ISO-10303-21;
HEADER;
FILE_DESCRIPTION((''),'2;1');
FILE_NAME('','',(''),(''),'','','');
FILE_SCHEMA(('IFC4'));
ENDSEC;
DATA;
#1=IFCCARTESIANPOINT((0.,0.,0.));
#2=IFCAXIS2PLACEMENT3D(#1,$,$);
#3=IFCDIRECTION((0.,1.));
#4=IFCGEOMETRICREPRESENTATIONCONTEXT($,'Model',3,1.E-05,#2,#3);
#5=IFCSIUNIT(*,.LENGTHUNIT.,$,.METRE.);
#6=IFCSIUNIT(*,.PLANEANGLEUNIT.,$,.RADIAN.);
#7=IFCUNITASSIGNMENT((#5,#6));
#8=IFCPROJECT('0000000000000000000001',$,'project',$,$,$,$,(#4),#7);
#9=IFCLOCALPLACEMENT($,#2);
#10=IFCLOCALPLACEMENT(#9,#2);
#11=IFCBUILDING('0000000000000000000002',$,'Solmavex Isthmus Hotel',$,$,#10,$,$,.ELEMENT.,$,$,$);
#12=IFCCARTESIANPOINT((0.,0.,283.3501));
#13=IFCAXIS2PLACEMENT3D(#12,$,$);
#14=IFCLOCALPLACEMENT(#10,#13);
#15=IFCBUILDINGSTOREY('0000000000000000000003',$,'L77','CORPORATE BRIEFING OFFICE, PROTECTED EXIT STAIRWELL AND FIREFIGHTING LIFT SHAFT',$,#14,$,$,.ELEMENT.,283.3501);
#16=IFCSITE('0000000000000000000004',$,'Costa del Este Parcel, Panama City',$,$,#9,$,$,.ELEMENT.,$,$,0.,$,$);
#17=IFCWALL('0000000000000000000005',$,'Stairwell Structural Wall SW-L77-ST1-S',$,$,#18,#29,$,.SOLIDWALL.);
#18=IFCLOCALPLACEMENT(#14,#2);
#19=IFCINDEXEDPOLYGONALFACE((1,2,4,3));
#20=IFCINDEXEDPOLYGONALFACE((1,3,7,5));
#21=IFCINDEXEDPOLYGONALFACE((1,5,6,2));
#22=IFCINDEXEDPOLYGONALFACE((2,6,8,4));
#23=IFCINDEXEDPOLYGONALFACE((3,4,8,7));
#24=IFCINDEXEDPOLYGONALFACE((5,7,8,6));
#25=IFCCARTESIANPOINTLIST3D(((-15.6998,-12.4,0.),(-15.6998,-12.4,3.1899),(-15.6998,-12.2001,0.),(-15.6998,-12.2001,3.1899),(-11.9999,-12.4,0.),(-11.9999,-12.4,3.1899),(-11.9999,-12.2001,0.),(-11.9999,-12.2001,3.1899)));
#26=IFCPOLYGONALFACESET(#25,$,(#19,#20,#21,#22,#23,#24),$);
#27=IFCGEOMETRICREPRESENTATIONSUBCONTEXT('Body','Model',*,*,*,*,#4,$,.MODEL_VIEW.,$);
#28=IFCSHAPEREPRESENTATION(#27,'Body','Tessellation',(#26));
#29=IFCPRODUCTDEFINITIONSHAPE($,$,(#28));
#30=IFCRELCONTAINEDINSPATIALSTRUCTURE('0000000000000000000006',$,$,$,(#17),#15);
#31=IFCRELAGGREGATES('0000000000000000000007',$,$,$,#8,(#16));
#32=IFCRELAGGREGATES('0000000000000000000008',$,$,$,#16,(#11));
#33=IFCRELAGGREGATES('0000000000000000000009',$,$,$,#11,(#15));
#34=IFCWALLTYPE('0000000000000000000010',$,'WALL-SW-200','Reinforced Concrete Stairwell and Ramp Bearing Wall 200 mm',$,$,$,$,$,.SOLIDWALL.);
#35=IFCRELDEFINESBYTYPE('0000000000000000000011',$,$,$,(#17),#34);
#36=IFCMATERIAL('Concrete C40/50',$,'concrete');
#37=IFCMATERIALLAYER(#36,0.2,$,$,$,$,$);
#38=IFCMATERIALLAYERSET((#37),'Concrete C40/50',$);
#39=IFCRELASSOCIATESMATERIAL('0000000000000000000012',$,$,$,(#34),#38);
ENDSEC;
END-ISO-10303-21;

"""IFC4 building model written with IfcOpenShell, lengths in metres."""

from ifc_helpers import new_model, si_unit, direction, frame, frame_2d, origin, place, context, subcontext, project, spatial, rectangle, extrude, material, layer, layer_set, type_object, element, save


model = new_model("IFC4")

# Units and contexts
model_context = context("Model", 3, precision=1e-05, world=origin(), true_north=direction((0.0, 1.0)))
body_context = subcontext(model_context, "Body", "Model", "MODEL_VIEW")
ifc_project = project(units=[si_unit("LENGTHUNIT", "METRE"), si_unit("PLANEANGLEUNIT", "RADIAN")], contexts=[model_context])

# Site, building, storey
site_placement = place(None, origin())
site = spatial("IfcSite", under=ifc_project, at=site_placement, Name="Costa del Este Parcel, Panama City", CompositionType="ELEMENT", RefElevation=0.0)
building_placement = place(site_placement, origin())
building = spatial("IfcBuilding", under=site, at=building_placement, Name="Solmavex Isthmus Hotel", CompositionType="ELEMENT")
storey_placement = place(building_placement, frame((0.0, 0.0, 283.3501)))
storey = spatial("IfcBuildingStorey", under=building, at=storey_placement, Name="L77", Description="CORPORATE BRIEFING OFFICE, PROTECTED EXIT STAIRWELL AND FIREFIGHTING LIFT SHAFT", CompositionType="ELEMENT", Elevation=283.3501)

# Wall
ifc_material_1 = material(Name="Concrete C40/50", Category="concrete")
ifc_layer_1 = layer(ifc_material_1, 0.2)
ifc_layer_set_1 = layer_set([ifc_layer_1], Name="Concrete C40/50")
wall_type_1 = type_object("IfcWallType", Name="WALL-SW-200", Description="Reinforced Concrete Stairwell and Ramp Bearing Wall 200 mm", PredefinedType="SOLIDWALL", material=ifc_layer_set_1)
wall_1_placement = place(storey_placement, frame((-15.7, -12.3, 0.0), z_axis=(0.0, 0.0, 1.0), x_axis=(1.0, 0.0, 0.0)))
element("IfcWall", 1, at=wall_1_placement, inside=storey, type_object=wall_type_1, Name="Stairwell Structural Wall SW-L77-ST1-S", PredefinedType="SOLIDWALL", context=body_context, shape_type="SweptSolid", body=[
    extrude(rectangle(XDim=3.7, YDim=0.2, at=frame_2d((1.8501, 0.0))), origin(), (0.0, 0.0, 1.0), 3.1899),
])

save(model, "model.ifc")
